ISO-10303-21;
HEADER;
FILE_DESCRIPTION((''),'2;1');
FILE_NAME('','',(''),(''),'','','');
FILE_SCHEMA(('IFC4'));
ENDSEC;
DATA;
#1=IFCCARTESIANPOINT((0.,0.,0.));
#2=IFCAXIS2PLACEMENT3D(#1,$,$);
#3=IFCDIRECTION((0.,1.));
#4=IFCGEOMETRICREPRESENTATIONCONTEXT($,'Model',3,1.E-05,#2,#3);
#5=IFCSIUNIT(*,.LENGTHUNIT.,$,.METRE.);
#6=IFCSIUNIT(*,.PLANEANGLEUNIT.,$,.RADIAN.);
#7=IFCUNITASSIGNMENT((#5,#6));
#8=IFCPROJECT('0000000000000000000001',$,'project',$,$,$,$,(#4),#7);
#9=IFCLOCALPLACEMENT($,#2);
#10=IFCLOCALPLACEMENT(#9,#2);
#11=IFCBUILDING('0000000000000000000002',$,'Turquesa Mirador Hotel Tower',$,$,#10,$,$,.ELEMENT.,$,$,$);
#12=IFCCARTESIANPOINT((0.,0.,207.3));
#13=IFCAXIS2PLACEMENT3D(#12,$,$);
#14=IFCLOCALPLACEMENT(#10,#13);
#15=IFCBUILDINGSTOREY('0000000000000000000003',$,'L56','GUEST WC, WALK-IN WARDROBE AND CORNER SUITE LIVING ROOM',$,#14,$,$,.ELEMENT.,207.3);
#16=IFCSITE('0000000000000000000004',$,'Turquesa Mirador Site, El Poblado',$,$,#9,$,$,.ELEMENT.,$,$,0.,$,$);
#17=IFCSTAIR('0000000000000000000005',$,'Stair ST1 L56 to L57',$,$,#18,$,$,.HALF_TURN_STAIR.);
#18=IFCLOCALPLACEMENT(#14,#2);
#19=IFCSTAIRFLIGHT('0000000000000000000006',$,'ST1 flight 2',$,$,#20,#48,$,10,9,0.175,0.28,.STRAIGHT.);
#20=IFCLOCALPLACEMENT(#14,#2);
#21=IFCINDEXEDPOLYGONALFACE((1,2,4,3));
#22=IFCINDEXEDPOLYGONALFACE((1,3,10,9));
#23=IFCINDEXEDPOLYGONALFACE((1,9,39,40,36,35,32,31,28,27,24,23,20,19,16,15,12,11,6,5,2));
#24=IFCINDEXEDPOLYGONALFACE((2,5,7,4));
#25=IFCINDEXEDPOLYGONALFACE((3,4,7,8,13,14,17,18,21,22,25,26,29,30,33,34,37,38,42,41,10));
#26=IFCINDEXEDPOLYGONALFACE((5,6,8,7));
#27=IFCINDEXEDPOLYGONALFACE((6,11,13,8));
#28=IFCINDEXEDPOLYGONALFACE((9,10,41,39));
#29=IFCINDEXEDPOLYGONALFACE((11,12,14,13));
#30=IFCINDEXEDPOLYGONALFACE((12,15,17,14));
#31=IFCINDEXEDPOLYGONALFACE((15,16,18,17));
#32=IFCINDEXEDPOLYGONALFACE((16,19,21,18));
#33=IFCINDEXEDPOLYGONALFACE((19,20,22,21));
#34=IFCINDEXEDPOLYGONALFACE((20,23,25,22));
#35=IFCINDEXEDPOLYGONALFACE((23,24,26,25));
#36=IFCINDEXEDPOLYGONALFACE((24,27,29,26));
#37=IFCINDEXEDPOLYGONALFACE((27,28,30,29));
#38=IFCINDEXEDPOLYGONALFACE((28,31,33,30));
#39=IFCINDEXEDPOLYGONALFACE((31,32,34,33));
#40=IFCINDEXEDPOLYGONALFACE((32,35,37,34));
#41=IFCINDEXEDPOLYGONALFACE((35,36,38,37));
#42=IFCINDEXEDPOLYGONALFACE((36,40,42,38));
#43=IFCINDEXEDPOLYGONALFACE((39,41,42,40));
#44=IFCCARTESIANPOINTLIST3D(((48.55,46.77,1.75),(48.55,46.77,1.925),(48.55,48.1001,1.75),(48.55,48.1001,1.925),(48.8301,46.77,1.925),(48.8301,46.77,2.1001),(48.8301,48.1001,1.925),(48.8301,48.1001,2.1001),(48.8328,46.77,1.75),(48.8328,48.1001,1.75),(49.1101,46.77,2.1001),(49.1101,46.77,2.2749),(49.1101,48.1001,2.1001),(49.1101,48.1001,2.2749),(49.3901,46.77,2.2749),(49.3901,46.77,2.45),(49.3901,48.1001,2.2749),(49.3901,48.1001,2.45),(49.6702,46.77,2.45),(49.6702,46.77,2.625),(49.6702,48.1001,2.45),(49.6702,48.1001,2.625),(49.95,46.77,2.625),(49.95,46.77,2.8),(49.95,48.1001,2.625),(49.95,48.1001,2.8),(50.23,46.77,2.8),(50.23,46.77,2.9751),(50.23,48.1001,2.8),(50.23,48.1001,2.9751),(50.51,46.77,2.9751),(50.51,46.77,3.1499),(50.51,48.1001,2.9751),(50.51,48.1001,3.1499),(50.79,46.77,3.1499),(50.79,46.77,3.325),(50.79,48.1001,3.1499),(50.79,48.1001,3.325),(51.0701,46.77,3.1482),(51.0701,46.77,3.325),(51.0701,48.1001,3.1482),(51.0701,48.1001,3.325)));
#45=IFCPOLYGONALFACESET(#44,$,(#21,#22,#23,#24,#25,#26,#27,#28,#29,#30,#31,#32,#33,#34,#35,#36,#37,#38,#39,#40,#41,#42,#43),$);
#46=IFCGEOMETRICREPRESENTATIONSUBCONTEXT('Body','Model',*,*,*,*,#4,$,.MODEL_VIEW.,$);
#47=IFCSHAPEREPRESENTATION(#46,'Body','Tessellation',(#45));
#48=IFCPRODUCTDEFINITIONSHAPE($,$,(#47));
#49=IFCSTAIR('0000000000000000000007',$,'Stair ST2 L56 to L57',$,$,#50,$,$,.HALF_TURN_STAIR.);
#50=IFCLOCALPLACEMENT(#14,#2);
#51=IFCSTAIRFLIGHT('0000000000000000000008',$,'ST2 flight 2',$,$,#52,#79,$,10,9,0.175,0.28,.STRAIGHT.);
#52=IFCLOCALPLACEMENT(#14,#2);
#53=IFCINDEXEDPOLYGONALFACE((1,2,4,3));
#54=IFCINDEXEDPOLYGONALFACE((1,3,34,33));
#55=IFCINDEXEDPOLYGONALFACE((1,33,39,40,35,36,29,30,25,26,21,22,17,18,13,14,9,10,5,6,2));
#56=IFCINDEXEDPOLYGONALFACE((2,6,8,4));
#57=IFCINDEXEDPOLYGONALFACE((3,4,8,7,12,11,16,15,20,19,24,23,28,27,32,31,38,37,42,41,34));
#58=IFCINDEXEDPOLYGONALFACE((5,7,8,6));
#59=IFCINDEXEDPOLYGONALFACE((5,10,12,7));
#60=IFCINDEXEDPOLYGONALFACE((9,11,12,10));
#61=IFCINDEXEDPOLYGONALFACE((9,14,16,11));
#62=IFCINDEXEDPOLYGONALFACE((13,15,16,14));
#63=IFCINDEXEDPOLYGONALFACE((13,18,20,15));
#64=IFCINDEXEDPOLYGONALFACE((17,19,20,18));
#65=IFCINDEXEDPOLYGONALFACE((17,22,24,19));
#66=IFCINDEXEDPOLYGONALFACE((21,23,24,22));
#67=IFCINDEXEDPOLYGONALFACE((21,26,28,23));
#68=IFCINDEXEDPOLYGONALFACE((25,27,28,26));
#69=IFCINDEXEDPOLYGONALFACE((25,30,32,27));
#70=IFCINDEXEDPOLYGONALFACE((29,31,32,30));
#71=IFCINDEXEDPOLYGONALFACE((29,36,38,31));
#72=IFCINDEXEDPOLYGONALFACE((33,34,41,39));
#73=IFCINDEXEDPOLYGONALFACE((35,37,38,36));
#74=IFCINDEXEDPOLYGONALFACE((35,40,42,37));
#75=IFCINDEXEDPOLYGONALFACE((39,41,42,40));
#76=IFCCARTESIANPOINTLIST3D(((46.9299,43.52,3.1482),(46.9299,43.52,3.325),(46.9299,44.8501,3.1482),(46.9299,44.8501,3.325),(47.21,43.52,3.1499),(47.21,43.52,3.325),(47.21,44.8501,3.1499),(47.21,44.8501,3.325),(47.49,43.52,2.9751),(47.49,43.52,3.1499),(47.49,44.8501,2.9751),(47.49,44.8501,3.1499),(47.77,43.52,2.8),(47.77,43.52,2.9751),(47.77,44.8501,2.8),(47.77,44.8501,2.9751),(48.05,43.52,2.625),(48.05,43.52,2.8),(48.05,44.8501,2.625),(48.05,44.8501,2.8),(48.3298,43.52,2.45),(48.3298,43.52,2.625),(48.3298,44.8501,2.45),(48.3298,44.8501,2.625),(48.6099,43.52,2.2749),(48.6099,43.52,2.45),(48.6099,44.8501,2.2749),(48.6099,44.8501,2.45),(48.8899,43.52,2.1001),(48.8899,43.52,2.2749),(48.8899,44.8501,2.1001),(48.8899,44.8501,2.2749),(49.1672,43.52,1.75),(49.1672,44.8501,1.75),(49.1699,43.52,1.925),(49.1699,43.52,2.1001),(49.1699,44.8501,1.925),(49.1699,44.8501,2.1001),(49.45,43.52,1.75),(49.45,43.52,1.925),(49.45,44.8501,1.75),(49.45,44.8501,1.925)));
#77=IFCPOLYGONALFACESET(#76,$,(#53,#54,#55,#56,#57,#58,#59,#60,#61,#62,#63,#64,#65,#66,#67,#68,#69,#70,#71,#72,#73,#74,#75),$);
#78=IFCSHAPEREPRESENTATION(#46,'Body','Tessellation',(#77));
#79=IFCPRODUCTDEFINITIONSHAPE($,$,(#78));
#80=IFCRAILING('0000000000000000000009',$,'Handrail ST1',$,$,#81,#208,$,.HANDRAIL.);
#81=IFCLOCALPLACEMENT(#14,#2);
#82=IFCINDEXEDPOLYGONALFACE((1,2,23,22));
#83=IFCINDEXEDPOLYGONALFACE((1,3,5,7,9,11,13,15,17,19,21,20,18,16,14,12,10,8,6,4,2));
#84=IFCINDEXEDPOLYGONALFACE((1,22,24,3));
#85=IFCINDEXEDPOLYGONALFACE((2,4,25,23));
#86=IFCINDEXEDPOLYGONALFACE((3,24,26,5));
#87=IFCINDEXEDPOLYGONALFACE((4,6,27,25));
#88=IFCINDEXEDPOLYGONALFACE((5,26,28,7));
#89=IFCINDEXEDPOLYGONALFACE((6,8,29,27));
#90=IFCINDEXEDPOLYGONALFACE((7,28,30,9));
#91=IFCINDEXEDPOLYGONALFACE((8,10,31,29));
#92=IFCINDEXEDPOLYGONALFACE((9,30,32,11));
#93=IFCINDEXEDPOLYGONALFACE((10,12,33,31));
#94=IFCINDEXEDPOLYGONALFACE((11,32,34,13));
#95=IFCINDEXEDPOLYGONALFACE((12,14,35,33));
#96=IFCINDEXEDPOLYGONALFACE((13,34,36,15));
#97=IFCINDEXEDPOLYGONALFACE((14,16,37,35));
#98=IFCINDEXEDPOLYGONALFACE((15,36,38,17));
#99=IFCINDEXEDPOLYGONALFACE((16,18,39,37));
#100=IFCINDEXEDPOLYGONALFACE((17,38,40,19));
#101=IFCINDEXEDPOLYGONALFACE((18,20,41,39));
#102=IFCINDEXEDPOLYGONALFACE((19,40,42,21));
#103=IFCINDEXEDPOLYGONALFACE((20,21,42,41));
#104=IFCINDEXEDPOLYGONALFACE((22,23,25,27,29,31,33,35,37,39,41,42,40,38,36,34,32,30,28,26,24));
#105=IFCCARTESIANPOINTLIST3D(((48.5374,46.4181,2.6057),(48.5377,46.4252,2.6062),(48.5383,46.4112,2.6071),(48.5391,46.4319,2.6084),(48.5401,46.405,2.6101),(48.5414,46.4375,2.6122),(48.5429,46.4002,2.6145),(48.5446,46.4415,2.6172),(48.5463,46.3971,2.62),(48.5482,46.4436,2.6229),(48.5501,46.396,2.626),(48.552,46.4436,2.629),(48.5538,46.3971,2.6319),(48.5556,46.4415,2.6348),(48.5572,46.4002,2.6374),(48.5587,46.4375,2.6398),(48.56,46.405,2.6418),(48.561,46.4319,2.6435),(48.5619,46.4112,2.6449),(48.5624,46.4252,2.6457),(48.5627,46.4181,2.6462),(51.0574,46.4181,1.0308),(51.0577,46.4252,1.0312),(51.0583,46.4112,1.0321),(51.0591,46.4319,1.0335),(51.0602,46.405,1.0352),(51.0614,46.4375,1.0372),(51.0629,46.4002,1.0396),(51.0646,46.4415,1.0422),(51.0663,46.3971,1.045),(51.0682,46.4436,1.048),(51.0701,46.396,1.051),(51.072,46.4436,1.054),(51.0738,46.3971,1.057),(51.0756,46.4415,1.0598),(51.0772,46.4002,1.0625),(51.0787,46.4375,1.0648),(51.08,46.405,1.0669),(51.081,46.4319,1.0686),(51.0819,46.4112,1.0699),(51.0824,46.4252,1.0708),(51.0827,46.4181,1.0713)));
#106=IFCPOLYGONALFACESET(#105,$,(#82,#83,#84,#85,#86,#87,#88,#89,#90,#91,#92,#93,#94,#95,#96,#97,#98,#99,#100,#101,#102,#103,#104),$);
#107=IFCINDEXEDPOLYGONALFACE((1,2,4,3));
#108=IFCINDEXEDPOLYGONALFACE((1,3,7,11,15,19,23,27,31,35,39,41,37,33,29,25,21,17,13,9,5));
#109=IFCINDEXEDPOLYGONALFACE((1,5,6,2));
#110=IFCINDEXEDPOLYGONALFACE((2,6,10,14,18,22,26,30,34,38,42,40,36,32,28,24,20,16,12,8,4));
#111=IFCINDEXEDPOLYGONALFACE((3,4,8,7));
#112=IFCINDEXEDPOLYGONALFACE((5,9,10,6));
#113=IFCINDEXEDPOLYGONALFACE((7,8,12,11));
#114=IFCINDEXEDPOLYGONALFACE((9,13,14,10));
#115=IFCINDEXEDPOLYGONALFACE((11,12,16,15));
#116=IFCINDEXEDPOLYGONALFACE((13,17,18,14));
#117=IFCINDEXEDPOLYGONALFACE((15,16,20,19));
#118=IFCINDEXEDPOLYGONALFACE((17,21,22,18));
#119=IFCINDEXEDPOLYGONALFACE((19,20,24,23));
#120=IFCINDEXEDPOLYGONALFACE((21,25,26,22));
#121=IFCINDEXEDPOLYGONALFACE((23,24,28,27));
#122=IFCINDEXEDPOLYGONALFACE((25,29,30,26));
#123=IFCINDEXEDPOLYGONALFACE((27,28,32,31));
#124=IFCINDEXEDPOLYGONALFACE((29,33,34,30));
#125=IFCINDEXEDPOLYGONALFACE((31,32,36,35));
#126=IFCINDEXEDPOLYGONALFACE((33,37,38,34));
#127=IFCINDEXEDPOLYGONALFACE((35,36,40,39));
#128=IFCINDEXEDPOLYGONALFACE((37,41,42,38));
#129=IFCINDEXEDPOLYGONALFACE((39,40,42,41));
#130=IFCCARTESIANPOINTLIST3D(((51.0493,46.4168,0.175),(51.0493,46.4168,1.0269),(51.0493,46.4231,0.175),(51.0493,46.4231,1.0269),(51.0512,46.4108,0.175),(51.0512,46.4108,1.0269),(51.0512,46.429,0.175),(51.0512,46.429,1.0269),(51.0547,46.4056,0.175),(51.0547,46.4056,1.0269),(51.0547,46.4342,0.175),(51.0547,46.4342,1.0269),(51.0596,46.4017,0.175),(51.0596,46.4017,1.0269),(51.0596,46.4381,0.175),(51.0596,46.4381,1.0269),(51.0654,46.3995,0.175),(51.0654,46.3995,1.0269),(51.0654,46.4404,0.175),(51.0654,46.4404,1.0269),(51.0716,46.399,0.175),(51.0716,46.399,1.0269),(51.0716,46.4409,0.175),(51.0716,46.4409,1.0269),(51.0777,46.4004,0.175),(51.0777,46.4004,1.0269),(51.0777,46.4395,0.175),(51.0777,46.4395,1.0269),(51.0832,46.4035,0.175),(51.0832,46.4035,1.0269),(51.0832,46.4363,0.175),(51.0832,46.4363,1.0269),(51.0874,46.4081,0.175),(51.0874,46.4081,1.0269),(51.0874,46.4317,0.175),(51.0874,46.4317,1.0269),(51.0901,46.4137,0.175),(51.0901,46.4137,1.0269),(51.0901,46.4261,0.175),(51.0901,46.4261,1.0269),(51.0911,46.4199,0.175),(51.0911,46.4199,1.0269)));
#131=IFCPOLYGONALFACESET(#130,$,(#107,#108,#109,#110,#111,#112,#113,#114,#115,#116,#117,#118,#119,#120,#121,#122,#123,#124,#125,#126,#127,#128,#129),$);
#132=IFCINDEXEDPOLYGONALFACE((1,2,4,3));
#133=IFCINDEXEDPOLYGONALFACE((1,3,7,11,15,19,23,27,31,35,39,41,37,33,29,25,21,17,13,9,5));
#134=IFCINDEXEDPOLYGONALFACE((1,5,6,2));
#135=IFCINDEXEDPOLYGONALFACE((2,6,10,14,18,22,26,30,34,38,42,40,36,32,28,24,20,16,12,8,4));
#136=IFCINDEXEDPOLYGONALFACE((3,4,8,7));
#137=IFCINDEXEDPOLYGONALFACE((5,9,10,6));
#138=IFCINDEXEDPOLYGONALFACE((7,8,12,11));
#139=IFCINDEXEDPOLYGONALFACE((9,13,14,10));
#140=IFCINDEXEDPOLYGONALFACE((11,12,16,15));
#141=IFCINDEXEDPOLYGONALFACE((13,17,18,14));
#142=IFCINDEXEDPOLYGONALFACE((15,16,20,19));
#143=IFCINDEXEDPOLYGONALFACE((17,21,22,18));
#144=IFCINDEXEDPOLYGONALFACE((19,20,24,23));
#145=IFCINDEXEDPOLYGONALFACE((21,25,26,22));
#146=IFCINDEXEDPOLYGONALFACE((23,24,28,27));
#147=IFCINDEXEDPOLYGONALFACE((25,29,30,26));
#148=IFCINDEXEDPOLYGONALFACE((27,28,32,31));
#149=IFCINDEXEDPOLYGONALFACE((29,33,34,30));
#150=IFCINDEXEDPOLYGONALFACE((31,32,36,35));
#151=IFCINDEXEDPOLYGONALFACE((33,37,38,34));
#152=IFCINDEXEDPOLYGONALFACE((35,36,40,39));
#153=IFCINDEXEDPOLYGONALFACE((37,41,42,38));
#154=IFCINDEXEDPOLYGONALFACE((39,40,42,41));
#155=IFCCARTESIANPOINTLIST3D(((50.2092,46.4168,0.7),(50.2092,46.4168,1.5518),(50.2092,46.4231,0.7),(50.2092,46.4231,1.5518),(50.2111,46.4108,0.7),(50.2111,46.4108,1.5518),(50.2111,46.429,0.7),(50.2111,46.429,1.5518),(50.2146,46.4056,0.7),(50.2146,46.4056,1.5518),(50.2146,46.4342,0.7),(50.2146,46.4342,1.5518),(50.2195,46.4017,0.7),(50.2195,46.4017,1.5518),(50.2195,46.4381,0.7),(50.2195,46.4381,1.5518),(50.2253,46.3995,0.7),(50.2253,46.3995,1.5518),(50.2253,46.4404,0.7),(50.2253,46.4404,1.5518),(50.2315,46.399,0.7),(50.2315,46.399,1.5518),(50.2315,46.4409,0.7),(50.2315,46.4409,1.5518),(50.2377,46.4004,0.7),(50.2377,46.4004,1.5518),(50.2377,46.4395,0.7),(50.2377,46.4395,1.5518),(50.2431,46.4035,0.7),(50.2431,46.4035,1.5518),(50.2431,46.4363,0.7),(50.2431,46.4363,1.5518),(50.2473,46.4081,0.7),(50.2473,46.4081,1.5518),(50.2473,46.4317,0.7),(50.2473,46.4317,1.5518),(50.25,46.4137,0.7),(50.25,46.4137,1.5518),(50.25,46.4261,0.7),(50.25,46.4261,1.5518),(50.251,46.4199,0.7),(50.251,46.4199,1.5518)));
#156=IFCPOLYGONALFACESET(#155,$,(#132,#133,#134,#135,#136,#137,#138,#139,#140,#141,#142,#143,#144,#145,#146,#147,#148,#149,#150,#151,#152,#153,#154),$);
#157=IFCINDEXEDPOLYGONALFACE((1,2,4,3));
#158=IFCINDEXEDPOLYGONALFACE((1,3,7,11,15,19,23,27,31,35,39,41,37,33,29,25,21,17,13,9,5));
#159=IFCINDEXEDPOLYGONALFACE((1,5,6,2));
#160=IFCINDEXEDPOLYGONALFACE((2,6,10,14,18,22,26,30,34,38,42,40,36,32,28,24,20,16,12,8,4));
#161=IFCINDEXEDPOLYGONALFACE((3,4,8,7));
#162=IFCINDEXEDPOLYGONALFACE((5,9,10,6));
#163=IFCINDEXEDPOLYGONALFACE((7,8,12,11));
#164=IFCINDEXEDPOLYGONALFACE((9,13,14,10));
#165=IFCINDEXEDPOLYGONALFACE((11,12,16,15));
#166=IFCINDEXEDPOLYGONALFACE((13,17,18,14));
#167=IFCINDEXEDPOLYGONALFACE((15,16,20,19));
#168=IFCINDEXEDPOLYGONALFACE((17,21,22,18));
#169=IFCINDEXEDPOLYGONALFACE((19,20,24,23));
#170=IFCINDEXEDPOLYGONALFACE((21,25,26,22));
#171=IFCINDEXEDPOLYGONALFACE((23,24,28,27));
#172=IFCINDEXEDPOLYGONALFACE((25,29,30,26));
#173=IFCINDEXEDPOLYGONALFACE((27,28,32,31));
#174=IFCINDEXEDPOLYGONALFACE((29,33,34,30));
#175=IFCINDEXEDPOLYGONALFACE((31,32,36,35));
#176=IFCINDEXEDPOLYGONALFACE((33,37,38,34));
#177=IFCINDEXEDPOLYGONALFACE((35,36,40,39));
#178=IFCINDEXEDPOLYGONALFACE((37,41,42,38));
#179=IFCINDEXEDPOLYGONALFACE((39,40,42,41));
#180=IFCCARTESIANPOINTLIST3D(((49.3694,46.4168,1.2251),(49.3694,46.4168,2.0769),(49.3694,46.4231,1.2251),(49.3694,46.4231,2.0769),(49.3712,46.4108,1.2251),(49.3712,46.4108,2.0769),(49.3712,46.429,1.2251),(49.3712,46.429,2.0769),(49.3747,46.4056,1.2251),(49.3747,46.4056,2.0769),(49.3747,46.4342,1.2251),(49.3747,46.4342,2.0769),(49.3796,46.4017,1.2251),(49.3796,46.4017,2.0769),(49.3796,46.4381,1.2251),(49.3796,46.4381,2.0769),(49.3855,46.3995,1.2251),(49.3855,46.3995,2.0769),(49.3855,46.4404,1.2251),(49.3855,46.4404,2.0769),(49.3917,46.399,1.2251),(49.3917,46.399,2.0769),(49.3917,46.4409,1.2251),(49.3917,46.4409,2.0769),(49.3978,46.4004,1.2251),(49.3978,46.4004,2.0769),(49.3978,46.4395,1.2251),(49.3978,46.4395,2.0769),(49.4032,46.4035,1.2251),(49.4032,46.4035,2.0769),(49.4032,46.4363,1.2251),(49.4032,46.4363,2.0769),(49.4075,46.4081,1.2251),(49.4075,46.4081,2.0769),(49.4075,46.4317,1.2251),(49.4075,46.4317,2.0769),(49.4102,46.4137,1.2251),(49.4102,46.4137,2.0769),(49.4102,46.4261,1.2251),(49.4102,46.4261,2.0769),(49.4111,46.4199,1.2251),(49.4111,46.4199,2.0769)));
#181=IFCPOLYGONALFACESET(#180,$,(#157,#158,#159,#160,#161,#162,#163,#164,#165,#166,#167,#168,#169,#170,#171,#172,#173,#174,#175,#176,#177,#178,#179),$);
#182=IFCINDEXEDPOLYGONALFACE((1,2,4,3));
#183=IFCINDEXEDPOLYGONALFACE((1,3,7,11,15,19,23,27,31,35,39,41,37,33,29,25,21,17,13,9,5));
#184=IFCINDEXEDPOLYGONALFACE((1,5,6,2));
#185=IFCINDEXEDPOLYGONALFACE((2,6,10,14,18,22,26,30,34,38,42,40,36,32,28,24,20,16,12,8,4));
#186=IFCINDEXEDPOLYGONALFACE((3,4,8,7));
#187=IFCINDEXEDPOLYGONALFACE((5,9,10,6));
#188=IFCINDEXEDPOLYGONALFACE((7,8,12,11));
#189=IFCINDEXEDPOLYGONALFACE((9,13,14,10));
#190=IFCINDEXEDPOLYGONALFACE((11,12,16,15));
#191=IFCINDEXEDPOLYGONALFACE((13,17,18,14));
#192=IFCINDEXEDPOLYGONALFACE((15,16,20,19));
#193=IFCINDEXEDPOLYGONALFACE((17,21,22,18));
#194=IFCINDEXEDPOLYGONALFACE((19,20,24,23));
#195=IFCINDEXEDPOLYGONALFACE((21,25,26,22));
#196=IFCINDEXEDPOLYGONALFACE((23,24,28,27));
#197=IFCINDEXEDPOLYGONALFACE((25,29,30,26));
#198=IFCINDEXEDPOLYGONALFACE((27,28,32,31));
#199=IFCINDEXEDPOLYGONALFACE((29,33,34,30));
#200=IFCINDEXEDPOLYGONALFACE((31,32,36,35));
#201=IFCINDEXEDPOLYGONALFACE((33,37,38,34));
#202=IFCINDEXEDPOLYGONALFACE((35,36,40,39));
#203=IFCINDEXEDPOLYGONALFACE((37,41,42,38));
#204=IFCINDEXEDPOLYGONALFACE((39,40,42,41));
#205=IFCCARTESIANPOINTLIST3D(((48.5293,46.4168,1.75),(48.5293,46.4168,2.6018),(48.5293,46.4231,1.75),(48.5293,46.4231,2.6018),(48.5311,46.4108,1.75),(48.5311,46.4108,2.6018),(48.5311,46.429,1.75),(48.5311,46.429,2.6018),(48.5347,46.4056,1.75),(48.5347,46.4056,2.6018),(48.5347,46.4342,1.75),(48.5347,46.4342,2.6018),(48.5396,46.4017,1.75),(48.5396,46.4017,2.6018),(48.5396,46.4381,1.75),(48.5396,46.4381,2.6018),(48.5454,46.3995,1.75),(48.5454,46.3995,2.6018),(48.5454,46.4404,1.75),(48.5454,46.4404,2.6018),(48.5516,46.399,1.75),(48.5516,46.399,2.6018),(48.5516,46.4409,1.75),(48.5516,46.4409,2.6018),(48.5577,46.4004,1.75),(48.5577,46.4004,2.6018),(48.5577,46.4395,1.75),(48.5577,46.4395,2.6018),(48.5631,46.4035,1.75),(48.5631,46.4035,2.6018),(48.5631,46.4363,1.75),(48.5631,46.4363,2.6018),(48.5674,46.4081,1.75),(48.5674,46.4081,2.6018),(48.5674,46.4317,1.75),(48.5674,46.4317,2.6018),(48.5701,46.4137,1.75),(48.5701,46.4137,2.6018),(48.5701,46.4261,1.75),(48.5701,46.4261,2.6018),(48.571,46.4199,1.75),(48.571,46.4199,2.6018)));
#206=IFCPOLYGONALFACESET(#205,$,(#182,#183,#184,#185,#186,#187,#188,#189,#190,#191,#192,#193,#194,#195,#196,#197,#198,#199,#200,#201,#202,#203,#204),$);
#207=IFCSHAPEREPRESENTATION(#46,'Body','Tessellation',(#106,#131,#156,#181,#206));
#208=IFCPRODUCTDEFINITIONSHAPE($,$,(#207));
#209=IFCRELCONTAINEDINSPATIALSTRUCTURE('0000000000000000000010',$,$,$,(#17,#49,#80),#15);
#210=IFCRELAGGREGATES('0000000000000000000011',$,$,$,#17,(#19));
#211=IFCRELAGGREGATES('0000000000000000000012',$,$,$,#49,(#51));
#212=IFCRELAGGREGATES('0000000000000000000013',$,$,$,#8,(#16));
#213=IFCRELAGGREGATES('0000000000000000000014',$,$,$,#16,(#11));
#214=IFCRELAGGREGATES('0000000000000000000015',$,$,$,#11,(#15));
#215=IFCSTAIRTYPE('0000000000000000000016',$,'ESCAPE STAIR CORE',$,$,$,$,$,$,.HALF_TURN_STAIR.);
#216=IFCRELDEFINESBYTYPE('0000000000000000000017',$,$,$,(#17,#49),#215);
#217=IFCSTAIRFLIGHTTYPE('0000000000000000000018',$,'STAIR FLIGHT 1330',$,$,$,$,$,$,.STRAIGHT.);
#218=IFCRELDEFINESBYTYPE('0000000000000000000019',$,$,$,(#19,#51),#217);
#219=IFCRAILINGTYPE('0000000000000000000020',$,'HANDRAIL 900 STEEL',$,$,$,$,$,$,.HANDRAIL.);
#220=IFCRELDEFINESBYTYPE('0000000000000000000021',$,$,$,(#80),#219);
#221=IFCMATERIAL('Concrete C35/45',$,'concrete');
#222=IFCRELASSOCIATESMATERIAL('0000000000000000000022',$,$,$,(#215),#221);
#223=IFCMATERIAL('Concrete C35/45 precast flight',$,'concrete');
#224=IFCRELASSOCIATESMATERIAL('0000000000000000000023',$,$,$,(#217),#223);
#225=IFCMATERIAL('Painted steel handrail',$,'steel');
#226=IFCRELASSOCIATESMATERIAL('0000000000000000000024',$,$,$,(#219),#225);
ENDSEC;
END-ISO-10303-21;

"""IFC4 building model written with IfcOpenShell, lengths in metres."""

from ifc_helpers import new_model, si_unit, direction, frame, origin, origin_2d, place, context, subcontext, project, spatial, polyline, circle, outline, extrude, material, type_object, element, aggregate, save


model = new_model("IFC4")

# Units and contexts
model_context = context("Model", 3, precision=1e-05, world=origin(), true_north=direction((0.0, 1.0)))
body_context = subcontext(model_context, "Body", "Model", "MODEL_VIEW")
ifc_project = project(units=[si_unit("LENGTHUNIT", "METRE"), si_unit("PLANEANGLEUNIT", "RADIAN")], contexts=[model_context])

# Site, building, storey
site_placement = place(None, origin())
site = spatial("IfcSite", under=ifc_project, at=site_placement, Name="Turquesa Mirador Site, El Poblado", CompositionType="ELEMENT", RefElevation=0.0)
building_placement = place(site_placement, origin())
building = spatial("IfcBuilding", under=site, at=building_placement, Name="Turquesa Mirador Hotel Tower", CompositionType="ELEMENT")
storey_placement = place(building_placement, frame((0.0, 0.0, 207.3)))
storey = spatial("IfcBuildingStorey", under=building, at=storey_placement, Name="L56", Description="GUEST WC, WALK-IN WARDROBE AND CORNER SUITE LIVING ROOM", CompositionType="ELEMENT", Elevation=207.3)

# Stair, stair flight
ifc_material_1 = material(Name="Concrete C35/45", Category="concrete")
stair_type = type_object("IfcStairType", Name="ESCAPE STAIR CORE", PredefinedType="HALF_TURN_STAIR", material=ifc_material_1)
stair_1_placement = place(storey_placement, origin())
stair_1 = element("IfcStair", 1, at=stair_1_placement, inside=storey, type_object=stair_type, Name="Stair ST1 L56 to L57", PredefinedType="HALF_TURN_STAIR")
ifc_material_2 = material(Name="Concrete C35/45 precast flight", Category="concrete")
stair_flight_type = type_object("IfcStairFlightType", Name="STAIR FLIGHT 1330", PredefinedType="STRAIGHT", material=ifc_material_2)
stair_flight_1_placement = place(storey_placement, frame((48.55, 47.4351, 1.75), z_axis=(0.0, 0.0, 1.0), x_axis=(1.0, 0.0, 0.0)))
stair_flight_1 = element("IfcStairFlight", 2, at=stair_flight_1_placement, type_object=stair_flight_type, Name="ST1 flight 2", NumberOfRisers=10, NumberOfTreads=9, PredefinedType="STRAIGHT", RiserHeight=0.175, TreadLength=0.28, context=body_context, shape_type="SweptSolid", body=[
    extrude(outline(polyline([(0.0, 0.0), (0.0, 0.175), (0.28, 0.175), (0.28, 0.3501), (0.5601, 0.3501), (0.5601, 0.5249), (0.8401, 0.5249), (0.8401, 0.7), (1.1201, 0.7), (1.1201, 0.875), (1.3999, 0.875), (1.3999, 1.05), (1.6799, 1.05), (1.6799, 1.2251), (1.96, 1.2251), (1.96, 1.3999), (2.24, 1.3999), (2.24, 1.575), (2.52, 1.575), (2.52, 1.75), (2.52, 1.3982), (0.2827, 0.0), (0.0, 0.0)])), frame((0.0, 0.665, 0.0), z_axis=(0.0, -1.0, 0.0), x_axis=(1.0, 0.0, 0.0)), (0.0, 0.0, 1.0), 1.3301),
])
aggregate(stair_1, [stair_flight_1])

# Stair, stair flight
stair_2_placement = place(storey_placement, origin())
stair_2 = element("IfcStair", 3, at=stair_2_placement, inside=storey, type_object=stair_type, Name="Stair ST2 L56 to L57", PredefinedType="HALF_TURN_STAIR")
stair_flight_2_placement = place(storey_placement, frame((49.45, 44.1851, 1.75), z_axis=(0.0, 0.0, 1.0), x_axis=(-1.0, 0.0, 0.0)))
stair_flight_2 = element("IfcStairFlight", 4, at=stair_flight_2_placement, type_object=stair_flight_type, Name="ST2 flight 2", NumberOfRisers=10, NumberOfTreads=9, PredefinedType="STRAIGHT", RiserHeight=0.175, TreadLength=0.28, context=body_context, shape_type="SweptSolid", body=[
    extrude(outline(polyline([(0.0, 0.0), (0.0, 0.175), (0.28, 0.175), (0.28, 0.3501), (0.5601, 0.3501), (0.5601, 0.5249), (0.8401, 0.5249), (0.8401, 0.7), (1.1201, 0.7), (1.1201, 0.875), (1.3999, 0.875), (1.3999, 1.05), (1.6799, 1.05), (1.6799, 1.2251), (1.96, 1.2251), (1.96, 1.3999), (2.24, 1.3999), (2.24, 1.575), (2.52, 1.575), (2.52, 1.75), (2.52, 1.3982), (0.2827, 0.0), (0.0, 0.0)])), frame((0.0, 0.665, 0.0), z_axis=(0.0, -1.0, 0.0), x_axis=(1.0, 0.0, 0.0)), (0.0, 0.0, 1.0), 1.3301),
])
aggregate(stair_2, [stair_flight_2])

# Railing
ifc_material_3 = material(Name="Painted steel handrail", Category="steel")
railing_type = type_object("IfcRailingType", Name="HANDRAIL 900 STEEL", PredefinedType="HANDRAIL", material=ifc_material_3)
railing_1_placement = place(storey_placement, frame((51.0701, 46.4199, 0.175)))
element("IfcRailing", 5, at=railing_1_placement, inside=storey, type_object=railing_type, Name="Handrail ST1", PredefinedType="HANDRAIL", context=body_context, shape_type="SweptSolid", body=[
    extrude(circle(Radius=0.0239, at=origin_2d()), frame((0.0, 0.0, 0.876), z_axis=(-0.848008, 0.0, 0.529984), x_axis=(0.0, -1.0, 0.0)), (0.0, 0.0, 1.0), 2.9717),
    extrude(circle(Radius=0.021, at=origin_2d()), origin(), (0.0, 0.0, 1.0), 0.8518),
    extrude(circle(Radius=0.021, at=origin_2d()), frame((-0.8401, 0.0, 0.5249)), (0.0, 0.0, 1.0), 0.8518),
    extrude(circle(Radius=0.021, at=origin_2d()), frame((-1.6799, 0.0, 1.05)), (0.0, 0.0, 1.0), 0.8518),
    extrude(circle(Radius=0.021, at=origin_2d()), frame((-2.52, 0.0, 1.575)), (0.0, 0.0, 1.0), 0.8518),
])

save(model, "model.ifc")
